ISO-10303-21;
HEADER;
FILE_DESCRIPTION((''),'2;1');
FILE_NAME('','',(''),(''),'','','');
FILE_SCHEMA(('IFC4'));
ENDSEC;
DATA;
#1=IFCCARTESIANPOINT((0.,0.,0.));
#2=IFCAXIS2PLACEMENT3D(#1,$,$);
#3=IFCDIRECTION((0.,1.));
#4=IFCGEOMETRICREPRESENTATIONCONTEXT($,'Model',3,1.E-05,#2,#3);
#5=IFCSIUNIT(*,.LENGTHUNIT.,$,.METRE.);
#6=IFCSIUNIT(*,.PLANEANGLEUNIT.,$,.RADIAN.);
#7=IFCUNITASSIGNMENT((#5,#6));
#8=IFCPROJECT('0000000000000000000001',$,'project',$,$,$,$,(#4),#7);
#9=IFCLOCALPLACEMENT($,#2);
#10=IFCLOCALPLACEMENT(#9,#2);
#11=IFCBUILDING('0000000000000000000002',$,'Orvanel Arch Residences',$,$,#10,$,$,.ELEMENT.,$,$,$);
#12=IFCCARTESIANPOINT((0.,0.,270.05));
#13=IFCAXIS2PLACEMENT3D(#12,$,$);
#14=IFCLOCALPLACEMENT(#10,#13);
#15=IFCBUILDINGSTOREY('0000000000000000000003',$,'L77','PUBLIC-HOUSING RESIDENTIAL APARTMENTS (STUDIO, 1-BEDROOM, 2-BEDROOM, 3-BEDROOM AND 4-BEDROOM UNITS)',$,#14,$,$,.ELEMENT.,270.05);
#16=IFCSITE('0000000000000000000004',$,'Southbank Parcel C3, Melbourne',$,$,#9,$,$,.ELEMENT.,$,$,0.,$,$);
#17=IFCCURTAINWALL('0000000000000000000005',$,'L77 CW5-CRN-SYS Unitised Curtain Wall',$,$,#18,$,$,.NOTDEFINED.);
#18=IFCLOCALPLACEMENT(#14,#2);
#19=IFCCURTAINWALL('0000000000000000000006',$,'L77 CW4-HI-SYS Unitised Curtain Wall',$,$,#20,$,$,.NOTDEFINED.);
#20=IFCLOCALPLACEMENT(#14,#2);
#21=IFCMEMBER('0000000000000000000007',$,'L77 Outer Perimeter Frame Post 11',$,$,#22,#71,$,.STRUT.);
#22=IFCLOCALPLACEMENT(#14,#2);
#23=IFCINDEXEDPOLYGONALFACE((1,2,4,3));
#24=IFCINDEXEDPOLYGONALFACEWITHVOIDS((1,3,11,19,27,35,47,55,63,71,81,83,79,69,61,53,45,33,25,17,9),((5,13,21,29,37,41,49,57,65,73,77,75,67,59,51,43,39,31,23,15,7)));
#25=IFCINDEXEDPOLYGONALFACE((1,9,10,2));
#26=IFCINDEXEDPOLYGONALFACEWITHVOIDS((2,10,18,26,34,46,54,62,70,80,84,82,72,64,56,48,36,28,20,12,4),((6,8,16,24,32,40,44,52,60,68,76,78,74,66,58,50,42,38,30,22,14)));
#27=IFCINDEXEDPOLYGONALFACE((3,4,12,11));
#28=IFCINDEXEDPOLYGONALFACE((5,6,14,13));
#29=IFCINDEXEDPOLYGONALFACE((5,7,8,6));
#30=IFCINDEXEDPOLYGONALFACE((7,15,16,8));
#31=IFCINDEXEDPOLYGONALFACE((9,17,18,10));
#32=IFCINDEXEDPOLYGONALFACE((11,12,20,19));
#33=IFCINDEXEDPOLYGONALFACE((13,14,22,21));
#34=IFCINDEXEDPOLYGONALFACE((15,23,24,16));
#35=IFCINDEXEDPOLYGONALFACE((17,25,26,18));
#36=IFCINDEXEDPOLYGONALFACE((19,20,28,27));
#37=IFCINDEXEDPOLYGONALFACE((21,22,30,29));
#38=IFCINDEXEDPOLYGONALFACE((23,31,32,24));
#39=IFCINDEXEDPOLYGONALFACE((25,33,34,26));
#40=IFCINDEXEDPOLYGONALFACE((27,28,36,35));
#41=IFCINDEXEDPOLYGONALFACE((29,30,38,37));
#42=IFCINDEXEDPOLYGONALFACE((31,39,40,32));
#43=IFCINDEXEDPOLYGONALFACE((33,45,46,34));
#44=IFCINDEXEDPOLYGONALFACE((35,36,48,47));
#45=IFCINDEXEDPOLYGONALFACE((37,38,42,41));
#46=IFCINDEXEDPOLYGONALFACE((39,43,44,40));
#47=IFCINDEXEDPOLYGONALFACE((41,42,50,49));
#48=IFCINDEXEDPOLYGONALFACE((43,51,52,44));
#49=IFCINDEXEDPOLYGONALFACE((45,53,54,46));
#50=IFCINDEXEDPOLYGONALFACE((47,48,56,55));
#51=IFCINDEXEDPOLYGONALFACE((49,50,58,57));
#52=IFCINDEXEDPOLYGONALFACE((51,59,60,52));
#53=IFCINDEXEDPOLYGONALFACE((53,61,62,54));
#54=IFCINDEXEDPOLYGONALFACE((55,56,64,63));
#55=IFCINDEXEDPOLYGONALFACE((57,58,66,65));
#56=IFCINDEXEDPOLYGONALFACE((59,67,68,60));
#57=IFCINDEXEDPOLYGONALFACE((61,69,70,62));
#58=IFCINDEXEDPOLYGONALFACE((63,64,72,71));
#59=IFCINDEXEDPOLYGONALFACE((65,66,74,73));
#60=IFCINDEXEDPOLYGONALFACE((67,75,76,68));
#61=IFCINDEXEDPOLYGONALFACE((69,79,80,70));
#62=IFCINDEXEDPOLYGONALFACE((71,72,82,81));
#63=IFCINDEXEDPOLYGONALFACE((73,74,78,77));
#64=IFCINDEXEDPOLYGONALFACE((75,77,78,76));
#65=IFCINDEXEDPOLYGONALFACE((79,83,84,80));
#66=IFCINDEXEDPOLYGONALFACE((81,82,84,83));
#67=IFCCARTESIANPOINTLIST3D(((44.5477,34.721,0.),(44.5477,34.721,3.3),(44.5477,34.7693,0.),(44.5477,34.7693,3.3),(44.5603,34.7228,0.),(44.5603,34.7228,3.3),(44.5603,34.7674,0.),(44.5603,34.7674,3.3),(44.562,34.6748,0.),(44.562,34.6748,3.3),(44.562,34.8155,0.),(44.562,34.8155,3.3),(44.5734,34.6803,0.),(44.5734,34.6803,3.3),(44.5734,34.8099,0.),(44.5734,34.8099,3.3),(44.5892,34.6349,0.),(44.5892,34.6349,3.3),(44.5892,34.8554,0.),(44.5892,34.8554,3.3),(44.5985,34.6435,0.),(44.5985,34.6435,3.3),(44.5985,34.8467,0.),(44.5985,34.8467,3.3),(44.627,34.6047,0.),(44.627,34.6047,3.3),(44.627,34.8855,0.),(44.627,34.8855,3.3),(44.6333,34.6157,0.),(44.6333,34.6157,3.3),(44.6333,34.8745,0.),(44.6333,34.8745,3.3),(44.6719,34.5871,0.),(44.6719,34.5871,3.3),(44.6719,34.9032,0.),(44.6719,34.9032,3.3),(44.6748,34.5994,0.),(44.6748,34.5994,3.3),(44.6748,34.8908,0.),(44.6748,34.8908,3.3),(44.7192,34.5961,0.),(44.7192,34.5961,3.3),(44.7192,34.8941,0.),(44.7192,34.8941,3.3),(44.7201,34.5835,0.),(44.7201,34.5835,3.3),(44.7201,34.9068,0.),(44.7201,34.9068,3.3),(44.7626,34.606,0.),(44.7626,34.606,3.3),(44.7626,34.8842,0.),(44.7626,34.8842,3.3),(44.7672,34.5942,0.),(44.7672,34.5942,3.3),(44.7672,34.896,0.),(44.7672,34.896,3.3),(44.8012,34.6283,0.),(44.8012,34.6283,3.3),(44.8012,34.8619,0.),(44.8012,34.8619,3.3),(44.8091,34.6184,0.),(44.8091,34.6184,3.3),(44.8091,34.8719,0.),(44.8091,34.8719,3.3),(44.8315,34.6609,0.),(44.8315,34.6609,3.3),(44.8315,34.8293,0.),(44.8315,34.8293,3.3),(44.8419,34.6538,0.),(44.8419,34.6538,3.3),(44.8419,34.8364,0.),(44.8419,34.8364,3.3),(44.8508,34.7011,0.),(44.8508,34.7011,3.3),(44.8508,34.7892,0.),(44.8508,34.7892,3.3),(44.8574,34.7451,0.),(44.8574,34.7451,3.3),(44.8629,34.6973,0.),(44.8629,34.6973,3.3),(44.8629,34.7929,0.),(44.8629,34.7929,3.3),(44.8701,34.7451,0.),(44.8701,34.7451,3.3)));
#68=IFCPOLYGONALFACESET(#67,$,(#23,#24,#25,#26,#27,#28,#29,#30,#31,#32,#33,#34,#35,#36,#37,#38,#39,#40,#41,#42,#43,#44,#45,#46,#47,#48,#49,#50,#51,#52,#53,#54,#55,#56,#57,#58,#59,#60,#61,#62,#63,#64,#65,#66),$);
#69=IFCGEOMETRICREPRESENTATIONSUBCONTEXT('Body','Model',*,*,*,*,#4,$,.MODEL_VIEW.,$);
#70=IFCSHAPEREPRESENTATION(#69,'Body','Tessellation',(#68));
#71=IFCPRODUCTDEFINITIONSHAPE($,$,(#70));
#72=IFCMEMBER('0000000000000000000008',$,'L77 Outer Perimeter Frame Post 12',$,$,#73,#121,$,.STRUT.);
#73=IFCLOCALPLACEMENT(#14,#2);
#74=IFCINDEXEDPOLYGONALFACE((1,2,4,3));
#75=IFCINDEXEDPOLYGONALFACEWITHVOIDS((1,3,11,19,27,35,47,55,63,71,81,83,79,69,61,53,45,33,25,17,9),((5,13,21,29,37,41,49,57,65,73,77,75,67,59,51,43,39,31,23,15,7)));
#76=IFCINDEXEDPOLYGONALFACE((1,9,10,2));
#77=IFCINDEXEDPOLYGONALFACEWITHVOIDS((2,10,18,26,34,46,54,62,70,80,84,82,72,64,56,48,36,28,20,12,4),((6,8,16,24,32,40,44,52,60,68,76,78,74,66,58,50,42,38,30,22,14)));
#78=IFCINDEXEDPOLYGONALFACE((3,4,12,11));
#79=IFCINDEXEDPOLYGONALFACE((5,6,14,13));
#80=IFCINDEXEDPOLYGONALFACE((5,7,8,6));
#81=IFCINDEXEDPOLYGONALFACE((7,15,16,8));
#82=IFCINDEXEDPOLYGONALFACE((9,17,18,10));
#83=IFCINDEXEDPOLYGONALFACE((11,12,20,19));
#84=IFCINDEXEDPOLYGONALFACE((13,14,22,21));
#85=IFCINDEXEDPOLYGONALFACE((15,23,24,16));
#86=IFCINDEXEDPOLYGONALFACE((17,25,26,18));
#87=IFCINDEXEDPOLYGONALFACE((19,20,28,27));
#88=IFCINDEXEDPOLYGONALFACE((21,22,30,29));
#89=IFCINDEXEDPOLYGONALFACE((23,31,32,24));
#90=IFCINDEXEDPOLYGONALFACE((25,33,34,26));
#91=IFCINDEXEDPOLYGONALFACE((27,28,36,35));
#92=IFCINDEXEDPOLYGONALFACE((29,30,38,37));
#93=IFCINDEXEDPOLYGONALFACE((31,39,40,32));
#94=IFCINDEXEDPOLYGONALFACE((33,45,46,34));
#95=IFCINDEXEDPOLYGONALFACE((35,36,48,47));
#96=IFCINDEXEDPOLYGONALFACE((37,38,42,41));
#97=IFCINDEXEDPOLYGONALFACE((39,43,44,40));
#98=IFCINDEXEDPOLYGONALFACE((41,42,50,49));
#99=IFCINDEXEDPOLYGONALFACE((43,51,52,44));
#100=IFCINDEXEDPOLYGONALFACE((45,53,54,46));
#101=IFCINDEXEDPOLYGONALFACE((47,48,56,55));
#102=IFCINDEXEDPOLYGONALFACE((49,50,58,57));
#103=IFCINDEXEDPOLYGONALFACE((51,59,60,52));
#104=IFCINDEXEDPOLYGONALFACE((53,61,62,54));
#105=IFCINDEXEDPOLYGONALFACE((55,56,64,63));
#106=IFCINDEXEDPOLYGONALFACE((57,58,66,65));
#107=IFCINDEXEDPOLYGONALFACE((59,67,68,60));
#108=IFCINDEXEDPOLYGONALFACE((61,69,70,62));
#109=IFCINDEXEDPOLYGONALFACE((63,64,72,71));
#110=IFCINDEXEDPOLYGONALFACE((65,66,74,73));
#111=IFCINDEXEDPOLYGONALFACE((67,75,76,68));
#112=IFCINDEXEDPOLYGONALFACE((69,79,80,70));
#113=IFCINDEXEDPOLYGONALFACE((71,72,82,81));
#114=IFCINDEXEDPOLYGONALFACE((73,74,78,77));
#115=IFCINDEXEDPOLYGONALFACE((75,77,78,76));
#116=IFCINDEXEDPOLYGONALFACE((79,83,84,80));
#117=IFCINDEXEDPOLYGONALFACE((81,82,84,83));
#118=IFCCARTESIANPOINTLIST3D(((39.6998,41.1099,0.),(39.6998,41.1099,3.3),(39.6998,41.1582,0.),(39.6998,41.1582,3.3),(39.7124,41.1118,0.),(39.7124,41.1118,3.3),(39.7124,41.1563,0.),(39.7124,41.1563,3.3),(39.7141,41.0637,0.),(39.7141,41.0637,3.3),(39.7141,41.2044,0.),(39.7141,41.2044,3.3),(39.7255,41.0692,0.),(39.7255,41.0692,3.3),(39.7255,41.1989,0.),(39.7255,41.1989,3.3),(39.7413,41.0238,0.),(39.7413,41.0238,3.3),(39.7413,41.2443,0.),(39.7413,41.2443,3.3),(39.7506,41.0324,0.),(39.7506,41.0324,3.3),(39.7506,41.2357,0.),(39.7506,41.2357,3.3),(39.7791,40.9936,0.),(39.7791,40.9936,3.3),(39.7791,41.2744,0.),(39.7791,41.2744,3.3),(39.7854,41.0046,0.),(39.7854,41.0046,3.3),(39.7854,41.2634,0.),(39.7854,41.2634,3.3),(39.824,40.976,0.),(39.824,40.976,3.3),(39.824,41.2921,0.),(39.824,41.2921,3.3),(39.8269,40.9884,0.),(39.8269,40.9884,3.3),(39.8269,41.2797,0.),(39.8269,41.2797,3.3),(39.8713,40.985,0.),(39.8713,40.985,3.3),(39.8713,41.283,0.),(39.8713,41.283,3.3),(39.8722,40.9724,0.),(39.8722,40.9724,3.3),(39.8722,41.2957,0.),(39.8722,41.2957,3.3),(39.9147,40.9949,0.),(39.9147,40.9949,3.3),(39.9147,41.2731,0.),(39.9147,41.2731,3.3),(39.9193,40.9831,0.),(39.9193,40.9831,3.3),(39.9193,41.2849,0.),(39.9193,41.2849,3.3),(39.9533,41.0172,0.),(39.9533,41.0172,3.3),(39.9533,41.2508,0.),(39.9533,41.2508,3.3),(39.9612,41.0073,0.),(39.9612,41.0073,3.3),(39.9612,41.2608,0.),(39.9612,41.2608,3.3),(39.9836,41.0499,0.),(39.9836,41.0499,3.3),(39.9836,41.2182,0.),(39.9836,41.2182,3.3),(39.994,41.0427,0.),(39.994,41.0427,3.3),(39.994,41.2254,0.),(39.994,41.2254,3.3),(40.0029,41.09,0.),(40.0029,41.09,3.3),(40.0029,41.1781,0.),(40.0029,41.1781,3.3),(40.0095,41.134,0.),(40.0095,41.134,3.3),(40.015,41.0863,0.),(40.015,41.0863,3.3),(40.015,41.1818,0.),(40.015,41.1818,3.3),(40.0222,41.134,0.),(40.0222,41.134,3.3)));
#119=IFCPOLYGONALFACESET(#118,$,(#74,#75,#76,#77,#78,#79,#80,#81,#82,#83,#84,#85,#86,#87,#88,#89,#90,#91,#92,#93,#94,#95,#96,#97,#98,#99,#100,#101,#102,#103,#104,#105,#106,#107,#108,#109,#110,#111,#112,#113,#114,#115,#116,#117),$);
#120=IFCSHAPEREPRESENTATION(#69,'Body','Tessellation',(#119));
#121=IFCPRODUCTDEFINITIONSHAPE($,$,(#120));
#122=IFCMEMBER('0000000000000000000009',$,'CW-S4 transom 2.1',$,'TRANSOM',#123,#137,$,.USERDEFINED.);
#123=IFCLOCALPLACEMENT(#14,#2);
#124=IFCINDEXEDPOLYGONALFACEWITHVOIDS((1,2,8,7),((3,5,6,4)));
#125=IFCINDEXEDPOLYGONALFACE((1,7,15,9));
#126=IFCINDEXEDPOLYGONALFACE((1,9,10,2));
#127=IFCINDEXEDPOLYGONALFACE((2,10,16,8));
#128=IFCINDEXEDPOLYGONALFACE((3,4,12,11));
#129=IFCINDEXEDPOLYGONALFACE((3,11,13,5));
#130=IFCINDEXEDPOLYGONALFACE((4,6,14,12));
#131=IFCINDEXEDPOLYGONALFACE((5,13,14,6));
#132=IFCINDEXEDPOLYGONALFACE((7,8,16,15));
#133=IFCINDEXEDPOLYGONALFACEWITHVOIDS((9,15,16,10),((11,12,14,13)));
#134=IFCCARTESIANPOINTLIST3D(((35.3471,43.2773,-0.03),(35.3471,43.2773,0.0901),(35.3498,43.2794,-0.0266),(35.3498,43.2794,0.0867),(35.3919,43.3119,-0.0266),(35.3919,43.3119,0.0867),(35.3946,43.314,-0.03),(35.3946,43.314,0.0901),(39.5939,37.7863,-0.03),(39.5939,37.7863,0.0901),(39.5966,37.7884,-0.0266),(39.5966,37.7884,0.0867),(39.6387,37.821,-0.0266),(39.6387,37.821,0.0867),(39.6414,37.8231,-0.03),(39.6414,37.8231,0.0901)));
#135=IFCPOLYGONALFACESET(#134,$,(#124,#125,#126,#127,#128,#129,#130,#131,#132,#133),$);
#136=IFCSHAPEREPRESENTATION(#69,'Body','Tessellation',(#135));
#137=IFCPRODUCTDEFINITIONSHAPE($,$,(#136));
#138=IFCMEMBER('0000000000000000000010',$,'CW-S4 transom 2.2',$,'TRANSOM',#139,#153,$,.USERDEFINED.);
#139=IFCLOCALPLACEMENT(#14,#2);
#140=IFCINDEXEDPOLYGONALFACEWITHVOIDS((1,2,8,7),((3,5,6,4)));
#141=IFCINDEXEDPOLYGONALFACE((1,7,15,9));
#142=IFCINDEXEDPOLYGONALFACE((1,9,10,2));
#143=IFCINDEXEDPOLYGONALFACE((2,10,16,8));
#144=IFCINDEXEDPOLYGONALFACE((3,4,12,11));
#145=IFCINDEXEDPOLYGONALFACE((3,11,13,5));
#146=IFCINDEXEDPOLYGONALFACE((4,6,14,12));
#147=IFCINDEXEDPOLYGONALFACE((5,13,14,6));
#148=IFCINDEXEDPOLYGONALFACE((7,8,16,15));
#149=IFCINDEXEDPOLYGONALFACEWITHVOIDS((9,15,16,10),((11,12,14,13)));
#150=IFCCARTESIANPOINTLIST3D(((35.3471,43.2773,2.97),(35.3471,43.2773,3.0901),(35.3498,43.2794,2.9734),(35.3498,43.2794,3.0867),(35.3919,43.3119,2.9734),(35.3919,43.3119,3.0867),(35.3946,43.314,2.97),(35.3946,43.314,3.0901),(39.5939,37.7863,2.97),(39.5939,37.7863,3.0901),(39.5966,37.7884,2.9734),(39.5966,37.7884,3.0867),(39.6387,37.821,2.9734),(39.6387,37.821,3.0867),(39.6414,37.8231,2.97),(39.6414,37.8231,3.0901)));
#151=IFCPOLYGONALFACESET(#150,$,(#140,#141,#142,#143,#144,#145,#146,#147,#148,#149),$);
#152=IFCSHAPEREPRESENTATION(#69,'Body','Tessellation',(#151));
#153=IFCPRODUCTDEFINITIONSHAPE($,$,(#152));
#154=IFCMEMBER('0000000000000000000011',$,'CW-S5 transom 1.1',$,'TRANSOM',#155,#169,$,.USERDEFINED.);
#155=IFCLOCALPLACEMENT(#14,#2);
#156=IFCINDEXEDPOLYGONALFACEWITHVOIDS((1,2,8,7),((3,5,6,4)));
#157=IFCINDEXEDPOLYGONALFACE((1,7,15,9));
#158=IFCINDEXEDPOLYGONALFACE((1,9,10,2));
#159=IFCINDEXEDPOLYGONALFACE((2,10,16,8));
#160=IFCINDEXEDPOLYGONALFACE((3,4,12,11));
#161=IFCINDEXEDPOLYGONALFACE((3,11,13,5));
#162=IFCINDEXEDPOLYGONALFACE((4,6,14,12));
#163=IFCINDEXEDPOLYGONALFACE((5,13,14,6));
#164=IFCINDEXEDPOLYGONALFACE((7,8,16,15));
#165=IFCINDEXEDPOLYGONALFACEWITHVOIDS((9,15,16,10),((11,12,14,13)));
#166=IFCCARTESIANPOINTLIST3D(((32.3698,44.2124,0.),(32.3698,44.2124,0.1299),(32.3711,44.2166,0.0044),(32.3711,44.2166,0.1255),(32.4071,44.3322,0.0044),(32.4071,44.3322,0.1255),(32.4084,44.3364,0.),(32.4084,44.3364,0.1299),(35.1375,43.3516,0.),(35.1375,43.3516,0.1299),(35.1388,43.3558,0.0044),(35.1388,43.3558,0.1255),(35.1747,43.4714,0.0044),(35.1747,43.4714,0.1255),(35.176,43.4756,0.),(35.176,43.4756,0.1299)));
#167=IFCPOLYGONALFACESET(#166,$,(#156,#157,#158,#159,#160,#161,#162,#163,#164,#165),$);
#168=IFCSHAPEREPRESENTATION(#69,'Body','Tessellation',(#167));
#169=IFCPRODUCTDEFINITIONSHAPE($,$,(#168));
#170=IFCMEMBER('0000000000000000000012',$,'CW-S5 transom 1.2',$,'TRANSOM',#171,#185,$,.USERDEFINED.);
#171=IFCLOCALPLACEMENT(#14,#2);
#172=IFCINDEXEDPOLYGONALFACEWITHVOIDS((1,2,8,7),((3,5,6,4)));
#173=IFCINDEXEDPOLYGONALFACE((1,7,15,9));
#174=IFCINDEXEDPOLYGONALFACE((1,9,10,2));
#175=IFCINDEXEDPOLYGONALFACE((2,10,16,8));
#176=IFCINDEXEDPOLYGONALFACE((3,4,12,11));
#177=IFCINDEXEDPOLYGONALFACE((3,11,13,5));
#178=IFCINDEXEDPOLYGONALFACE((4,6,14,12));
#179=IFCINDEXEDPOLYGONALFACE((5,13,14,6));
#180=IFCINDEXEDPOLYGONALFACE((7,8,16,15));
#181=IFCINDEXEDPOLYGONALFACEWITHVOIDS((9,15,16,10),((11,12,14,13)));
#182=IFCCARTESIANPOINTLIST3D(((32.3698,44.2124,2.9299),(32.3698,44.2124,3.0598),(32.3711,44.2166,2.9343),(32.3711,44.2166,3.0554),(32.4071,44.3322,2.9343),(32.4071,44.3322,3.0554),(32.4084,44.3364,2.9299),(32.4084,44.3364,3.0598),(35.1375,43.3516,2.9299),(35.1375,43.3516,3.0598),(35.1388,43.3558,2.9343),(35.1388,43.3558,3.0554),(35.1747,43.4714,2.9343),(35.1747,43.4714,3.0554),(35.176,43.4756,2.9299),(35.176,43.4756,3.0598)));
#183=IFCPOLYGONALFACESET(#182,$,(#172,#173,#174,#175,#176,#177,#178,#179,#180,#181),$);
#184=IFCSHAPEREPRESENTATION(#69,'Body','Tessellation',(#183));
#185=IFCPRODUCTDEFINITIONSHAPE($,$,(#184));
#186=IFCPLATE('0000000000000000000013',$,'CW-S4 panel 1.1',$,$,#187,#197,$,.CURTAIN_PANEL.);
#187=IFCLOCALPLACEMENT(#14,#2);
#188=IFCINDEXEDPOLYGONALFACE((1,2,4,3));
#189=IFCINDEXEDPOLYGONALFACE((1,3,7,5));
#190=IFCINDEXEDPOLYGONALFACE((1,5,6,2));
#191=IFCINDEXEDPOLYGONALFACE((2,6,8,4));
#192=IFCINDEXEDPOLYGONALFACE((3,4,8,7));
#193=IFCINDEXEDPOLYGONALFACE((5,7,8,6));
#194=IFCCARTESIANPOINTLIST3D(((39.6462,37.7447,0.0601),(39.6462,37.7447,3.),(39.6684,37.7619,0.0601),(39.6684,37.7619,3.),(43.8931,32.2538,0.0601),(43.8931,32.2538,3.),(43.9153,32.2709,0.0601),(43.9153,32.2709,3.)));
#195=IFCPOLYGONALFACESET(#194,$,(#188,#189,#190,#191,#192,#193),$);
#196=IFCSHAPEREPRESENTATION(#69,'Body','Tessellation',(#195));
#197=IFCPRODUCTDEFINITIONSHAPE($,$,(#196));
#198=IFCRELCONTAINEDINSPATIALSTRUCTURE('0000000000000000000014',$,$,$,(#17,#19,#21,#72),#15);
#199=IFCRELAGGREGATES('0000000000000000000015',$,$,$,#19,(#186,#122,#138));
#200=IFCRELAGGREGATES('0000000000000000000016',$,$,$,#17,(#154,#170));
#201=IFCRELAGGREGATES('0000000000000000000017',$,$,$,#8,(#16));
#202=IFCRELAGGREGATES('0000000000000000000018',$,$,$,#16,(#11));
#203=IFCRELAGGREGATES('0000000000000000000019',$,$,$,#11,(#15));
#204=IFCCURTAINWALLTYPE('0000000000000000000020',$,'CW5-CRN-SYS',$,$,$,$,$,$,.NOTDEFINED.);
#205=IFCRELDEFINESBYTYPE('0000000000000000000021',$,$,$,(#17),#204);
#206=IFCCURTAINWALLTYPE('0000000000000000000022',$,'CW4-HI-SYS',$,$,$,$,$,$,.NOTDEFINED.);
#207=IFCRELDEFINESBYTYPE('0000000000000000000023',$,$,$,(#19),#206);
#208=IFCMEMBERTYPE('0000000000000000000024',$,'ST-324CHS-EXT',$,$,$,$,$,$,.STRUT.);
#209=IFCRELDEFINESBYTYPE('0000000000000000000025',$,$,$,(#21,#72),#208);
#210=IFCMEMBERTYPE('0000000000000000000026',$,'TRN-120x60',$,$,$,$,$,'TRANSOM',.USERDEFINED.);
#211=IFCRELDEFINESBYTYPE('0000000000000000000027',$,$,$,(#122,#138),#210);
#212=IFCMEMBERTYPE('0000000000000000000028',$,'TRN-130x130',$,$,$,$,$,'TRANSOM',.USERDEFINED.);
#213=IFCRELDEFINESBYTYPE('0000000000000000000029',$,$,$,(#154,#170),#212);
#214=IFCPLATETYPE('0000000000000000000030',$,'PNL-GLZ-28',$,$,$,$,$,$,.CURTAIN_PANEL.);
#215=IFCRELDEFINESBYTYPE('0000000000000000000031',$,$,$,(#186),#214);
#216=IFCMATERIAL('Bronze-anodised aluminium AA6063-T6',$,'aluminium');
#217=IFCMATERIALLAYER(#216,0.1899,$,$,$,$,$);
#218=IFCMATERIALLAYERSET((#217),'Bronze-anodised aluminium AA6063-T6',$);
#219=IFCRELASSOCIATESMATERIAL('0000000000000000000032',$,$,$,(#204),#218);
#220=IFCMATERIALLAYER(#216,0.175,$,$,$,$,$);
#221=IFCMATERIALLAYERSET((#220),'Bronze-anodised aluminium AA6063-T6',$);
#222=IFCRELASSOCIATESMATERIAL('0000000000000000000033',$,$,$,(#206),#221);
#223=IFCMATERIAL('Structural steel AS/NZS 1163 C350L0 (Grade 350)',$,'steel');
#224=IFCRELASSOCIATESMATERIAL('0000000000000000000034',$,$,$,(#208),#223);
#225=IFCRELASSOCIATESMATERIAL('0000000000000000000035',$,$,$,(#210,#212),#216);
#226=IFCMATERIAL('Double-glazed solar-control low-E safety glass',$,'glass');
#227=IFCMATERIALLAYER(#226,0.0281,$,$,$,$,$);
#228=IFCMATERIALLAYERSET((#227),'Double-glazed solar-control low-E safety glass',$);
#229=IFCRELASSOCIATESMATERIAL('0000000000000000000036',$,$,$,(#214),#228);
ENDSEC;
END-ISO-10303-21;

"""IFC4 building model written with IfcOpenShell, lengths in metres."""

from ifc_helpers import new_model, si_unit, direction, frame, origin, origin_2d, place, context, subcontext, project, spatial, rectangle, hollow_rectangle, hollow_circle, extrude, material, layer, layer_set, material_profile, profile_set, type_object, element, aggregate, save


model = new_model("IFC4")

# Units and contexts
model_context = context("Model", 3, precision=1e-05, world=origin(), true_north=direction((0.0, 1.0)))
body_context = subcontext(model_context, "Body", "Model", "MODEL_VIEW")
ifc_project = project(units=[si_unit("LENGTHUNIT", "METRE"), si_unit("PLANEANGLEUNIT", "RADIAN")], contexts=[model_context])

# Site, building, storey
site_placement = place(None, origin())
site = spatial("IfcSite", under=ifc_project, at=site_placement, Name="Southbank Parcel C3, Melbourne", CompositionType="ELEMENT", RefElevation=0.0)
building_placement = place(site_placement, origin())
building = spatial("IfcBuilding", under=site, at=building_placement, Name="Orvanel Arch Residences", CompositionType="ELEMENT")
storey_placement = place(building_placement, frame((0.0, 0.0, 270.05)))
storey = spatial("IfcBuildingStorey", under=building, at=storey_placement, Name="L77", Description="PUBLIC-HOUSING RESIDENTIAL APARTMENTS (STUDIO, 1-BEDROOM, 2-BEDROOM, 3-BEDROOM AND 4-BEDROOM UNITS)", CompositionType="ELEMENT", Elevation=270.05)

# Curtain walls
ifc_material_1 = material(Name="Bronze-anodised aluminium AA6063-T6", Category="aluminium")
ifc_layer_1 = layer(ifc_material_1, 0.1899)
ifc_layer_set_1 = layer_set([ifc_layer_1], Name="Bronze-anodised aluminium AA6063-T6")
curtain_wall_type_1 = type_object("IfcCurtainWallType", Name="CW5-CRN-SYS", PredefinedType="NOTDEFINED", material=ifc_layer_set_1)
curtain_wall_1_placement = place(storey_placement, origin())
curtain_wall_1 = element("IfcCurtainWall", 1, at=curtain_wall_1_placement, inside=storey, type_object=curtain_wall_type_1, Name="L77 CW5-CRN-SYS Unitised Curtain Wall", PredefinedType="NOTDEFINED")
ifc_layer_2 = layer(ifc_material_1, 0.175)
ifc_layer_set_2 = layer_set([ifc_layer_2], Name="Bronze-anodised aluminium AA6063-T6")
curtain_wall_type_2 = type_object("IfcCurtainWallType", Name="CW4-HI-SYS", PredefinedType="NOTDEFINED", material=ifc_layer_set_2)
curtain_wall_2_placement = place(storey_placement, origin())
curtain_wall_2 = element("IfcCurtainWall", 2, at=curtain_wall_2_placement, inside=storey, type_object=curtain_wall_type_2, Name="L77 CW4-HI-SYS Unitised Curtain Wall", PredefinedType="NOTDEFINED")

# Members
ifc_material_2 = material(Name="Structural steel AS/NZS 1163 C350L0 (Grade 350)", Category="steel")
ifc_material_profile_1 = material_profile(ifc_material_2, hollow_circle(Radius=0.1621, WallThickness=0.0127, at=origin_2d()), Name="CHS324x12.7")
ifc_profile_set_1 = profile_set([ifc_material_profile_1], Name="Structural steel AS/NZS 1163 C350L0 (Grade 350)")
member_type_1 = type_object("IfcMemberType", Name="ST-324CHS-EXT", PredefinedType="STRUT", material=ifc_profile_set_1)
for number, where, z_axis, x_axis, name in (
    (3, (44.708, 34.7451, 0.0), (0.0, 0.0, 1.0), (1.0, 0.0, 0.0), "L77 Outer Perimeter Frame Post 11"),
    (4, (39.8601, 41.134, 0.0), (0.0, 0.0, 1.0), (1.0, 0.0, 0.0), "L77 Outer Perimeter Frame Post 12"),
):
    element("IfcMember", number, at=place(storey_placement, frame(where, z_axis=z_axis, x_axis=x_axis)), inside=storey, type_object=member_type_1, Name=name, PredefinedType="STRUT", context=body_context, shape_type="SweptSolid", body=[
        extrude(hollow_circle(Radius=0.1621, WallThickness=0.0127, at=origin_2d()), origin(), (0.0, 0.0, 1.0), 3.3),
    ])

# Members
ifc_material_profile_2 = material_profile(ifc_material_1, hollow_rectangle(XDim=0.0601, YDim=0.1201, WallThickness=0.0034, at=origin_2d()), Name="ALU120x60x3.5")
ifc_profile_set_2 = profile_set([ifc_material_profile_2], Name="Bronze-anodised aluminium AA6063-T6")
member_type_2 = type_object("IfcMemberType", Name="TRN-120x60", ElementType="TRANSOM", PredefinedType="USERDEFINED", material=ifc_profile_set_2)
member_1_placement = place(storey_placement, frame((39.6177, 37.8047, 0.03), z_axis=(-0.611791, 0.79102, 0.0), x_axis=(-0.79102, -0.611791, 0.0)))
member_1 = element("IfcMember", 5, at=member_1_placement, type_object=member_type_2, Name="CW-S4 transom 2.1", ObjectType="TRANSOM", PredefinedType="USERDEFINED", context=body_context, shape_type="SweptSolid", body=[
    extrude(hollow_rectangle(XDim=0.0601, YDim=0.1201, WallThickness=0.0034, at=origin_2d()), origin(), (0.0, 0.0, 1.0), 6.9417),
])
member_2_placement = place(storey_placement, frame((39.6177, 37.8047, 3.03), z_axis=(-0.611791, 0.79102, 0.0), x_axis=(-0.79102, -0.611791, 0.0)))
member_2 = element("IfcMember", 6, at=member_2_placement, type_object=member_type_2, Name="CW-S4 transom 2.2", ObjectType="TRANSOM", PredefinedType="USERDEFINED", context=body_context, shape_type="SweptSolid", body=[
    extrude(hollow_rectangle(XDim=0.0601, YDim=0.1201, WallThickness=0.0034, at=origin_2d()), origin(), (0.0, 0.0, 1.0), 6.9417),
])
ifc_material_profile_3 = material_profile(ifc_material_1, hollow_rectangle(XDim=0.1299, YDim=0.1299, WallThickness=0.0044, at=origin_2d()), Name="ALU130x130x4.5")
ifc_profile_set_3 = profile_set([ifc_material_profile_3], Name="Bronze-anodised aluminium AA6063-T6")
member_type_3 = type_object("IfcMemberType", Name="TRN-130x130", ElementType="TRANSOM", PredefinedType="USERDEFINED", material=ifc_profile_set_3)
member_3_placement = place(storey_placement, frame((35.1567, 43.4136, 0.0649), z_axis=(-0.954875, 0.297009, 0.0), x_axis=(-0.297009, -0.954875, 0.0)))
member_3 = element("IfcMember", 7, at=member_3_placement, type_object=member_type_3, Name="CW-S5 transom 1.1", ObjectType="TRANSOM", PredefinedType="USERDEFINED", context=body_context, shape_type="SweptSolid", body=[
    extrude(hollow_rectangle(XDim=0.1299, YDim=0.1299, WallThickness=0.0044, at=origin_2d()), origin(), (0.0, 0.0, 1.0), 2.8984),
])
member_4_placement = place(storey_placement, frame((35.1567, 43.4136, 2.9949), z_axis=(-0.954875, 0.297009, 0.0), x_axis=(-0.297009, -0.954875, 0.0)))
member_4 = element("IfcMember", 8, at=member_4_placement, type_object=member_type_3, Name="CW-S5 transom 1.2", ObjectType="TRANSOM", PredefinedType="USERDEFINED", context=body_context, shape_type="SweptSolid", body=[
    extrude(hollow_rectangle(XDim=0.1299, YDim=0.1299, WallThickness=0.0044, at=origin_2d()), origin(), (0.0, 0.0, 1.0), 2.8984),
])

# Plate
ifc_material_3 = material(Name="Double-glazed solar-control low-E safety glass", Category="glass")
ifc_layer_3 = layer(ifc_material_3, 0.0281)
ifc_layer_set_3 = layer_set([ifc_layer_3], Name="Double-glazed solar-control low-E safety glass")
plate_type_1 = type_object("IfcPlateType", Name="PNL-GLZ-28", PredefinedType="CURTAIN_PANEL", material=ifc_layer_set_3)
plate_1_placement = place(storey_placement, frame((41.7808, 35.0078, 0.0601), z_axis=(0.0, 0.0, 1.0), x_axis=(-0.611799, 0.791013, 0.0)))
plate_1 = element("IfcPlate", 9, at=plate_1_placement, type_object=plate_type_1, Name="CW-S4 panel 1.1", PredefinedType="CURTAIN_PANEL", context=body_context, shape_type="SweptSolid", body=[
    extrude(rectangle(XDim=6.9417, YDim=0.0281, at=origin_2d()), origin(), (0.0, 0.0, 1.0), 2.9399),
])
aggregate(curtain_wall_2, [plate_1, member_1, member_2])
aggregate(curtain_wall_1, [member_3, member_4])

save(model, "model.ifc")
